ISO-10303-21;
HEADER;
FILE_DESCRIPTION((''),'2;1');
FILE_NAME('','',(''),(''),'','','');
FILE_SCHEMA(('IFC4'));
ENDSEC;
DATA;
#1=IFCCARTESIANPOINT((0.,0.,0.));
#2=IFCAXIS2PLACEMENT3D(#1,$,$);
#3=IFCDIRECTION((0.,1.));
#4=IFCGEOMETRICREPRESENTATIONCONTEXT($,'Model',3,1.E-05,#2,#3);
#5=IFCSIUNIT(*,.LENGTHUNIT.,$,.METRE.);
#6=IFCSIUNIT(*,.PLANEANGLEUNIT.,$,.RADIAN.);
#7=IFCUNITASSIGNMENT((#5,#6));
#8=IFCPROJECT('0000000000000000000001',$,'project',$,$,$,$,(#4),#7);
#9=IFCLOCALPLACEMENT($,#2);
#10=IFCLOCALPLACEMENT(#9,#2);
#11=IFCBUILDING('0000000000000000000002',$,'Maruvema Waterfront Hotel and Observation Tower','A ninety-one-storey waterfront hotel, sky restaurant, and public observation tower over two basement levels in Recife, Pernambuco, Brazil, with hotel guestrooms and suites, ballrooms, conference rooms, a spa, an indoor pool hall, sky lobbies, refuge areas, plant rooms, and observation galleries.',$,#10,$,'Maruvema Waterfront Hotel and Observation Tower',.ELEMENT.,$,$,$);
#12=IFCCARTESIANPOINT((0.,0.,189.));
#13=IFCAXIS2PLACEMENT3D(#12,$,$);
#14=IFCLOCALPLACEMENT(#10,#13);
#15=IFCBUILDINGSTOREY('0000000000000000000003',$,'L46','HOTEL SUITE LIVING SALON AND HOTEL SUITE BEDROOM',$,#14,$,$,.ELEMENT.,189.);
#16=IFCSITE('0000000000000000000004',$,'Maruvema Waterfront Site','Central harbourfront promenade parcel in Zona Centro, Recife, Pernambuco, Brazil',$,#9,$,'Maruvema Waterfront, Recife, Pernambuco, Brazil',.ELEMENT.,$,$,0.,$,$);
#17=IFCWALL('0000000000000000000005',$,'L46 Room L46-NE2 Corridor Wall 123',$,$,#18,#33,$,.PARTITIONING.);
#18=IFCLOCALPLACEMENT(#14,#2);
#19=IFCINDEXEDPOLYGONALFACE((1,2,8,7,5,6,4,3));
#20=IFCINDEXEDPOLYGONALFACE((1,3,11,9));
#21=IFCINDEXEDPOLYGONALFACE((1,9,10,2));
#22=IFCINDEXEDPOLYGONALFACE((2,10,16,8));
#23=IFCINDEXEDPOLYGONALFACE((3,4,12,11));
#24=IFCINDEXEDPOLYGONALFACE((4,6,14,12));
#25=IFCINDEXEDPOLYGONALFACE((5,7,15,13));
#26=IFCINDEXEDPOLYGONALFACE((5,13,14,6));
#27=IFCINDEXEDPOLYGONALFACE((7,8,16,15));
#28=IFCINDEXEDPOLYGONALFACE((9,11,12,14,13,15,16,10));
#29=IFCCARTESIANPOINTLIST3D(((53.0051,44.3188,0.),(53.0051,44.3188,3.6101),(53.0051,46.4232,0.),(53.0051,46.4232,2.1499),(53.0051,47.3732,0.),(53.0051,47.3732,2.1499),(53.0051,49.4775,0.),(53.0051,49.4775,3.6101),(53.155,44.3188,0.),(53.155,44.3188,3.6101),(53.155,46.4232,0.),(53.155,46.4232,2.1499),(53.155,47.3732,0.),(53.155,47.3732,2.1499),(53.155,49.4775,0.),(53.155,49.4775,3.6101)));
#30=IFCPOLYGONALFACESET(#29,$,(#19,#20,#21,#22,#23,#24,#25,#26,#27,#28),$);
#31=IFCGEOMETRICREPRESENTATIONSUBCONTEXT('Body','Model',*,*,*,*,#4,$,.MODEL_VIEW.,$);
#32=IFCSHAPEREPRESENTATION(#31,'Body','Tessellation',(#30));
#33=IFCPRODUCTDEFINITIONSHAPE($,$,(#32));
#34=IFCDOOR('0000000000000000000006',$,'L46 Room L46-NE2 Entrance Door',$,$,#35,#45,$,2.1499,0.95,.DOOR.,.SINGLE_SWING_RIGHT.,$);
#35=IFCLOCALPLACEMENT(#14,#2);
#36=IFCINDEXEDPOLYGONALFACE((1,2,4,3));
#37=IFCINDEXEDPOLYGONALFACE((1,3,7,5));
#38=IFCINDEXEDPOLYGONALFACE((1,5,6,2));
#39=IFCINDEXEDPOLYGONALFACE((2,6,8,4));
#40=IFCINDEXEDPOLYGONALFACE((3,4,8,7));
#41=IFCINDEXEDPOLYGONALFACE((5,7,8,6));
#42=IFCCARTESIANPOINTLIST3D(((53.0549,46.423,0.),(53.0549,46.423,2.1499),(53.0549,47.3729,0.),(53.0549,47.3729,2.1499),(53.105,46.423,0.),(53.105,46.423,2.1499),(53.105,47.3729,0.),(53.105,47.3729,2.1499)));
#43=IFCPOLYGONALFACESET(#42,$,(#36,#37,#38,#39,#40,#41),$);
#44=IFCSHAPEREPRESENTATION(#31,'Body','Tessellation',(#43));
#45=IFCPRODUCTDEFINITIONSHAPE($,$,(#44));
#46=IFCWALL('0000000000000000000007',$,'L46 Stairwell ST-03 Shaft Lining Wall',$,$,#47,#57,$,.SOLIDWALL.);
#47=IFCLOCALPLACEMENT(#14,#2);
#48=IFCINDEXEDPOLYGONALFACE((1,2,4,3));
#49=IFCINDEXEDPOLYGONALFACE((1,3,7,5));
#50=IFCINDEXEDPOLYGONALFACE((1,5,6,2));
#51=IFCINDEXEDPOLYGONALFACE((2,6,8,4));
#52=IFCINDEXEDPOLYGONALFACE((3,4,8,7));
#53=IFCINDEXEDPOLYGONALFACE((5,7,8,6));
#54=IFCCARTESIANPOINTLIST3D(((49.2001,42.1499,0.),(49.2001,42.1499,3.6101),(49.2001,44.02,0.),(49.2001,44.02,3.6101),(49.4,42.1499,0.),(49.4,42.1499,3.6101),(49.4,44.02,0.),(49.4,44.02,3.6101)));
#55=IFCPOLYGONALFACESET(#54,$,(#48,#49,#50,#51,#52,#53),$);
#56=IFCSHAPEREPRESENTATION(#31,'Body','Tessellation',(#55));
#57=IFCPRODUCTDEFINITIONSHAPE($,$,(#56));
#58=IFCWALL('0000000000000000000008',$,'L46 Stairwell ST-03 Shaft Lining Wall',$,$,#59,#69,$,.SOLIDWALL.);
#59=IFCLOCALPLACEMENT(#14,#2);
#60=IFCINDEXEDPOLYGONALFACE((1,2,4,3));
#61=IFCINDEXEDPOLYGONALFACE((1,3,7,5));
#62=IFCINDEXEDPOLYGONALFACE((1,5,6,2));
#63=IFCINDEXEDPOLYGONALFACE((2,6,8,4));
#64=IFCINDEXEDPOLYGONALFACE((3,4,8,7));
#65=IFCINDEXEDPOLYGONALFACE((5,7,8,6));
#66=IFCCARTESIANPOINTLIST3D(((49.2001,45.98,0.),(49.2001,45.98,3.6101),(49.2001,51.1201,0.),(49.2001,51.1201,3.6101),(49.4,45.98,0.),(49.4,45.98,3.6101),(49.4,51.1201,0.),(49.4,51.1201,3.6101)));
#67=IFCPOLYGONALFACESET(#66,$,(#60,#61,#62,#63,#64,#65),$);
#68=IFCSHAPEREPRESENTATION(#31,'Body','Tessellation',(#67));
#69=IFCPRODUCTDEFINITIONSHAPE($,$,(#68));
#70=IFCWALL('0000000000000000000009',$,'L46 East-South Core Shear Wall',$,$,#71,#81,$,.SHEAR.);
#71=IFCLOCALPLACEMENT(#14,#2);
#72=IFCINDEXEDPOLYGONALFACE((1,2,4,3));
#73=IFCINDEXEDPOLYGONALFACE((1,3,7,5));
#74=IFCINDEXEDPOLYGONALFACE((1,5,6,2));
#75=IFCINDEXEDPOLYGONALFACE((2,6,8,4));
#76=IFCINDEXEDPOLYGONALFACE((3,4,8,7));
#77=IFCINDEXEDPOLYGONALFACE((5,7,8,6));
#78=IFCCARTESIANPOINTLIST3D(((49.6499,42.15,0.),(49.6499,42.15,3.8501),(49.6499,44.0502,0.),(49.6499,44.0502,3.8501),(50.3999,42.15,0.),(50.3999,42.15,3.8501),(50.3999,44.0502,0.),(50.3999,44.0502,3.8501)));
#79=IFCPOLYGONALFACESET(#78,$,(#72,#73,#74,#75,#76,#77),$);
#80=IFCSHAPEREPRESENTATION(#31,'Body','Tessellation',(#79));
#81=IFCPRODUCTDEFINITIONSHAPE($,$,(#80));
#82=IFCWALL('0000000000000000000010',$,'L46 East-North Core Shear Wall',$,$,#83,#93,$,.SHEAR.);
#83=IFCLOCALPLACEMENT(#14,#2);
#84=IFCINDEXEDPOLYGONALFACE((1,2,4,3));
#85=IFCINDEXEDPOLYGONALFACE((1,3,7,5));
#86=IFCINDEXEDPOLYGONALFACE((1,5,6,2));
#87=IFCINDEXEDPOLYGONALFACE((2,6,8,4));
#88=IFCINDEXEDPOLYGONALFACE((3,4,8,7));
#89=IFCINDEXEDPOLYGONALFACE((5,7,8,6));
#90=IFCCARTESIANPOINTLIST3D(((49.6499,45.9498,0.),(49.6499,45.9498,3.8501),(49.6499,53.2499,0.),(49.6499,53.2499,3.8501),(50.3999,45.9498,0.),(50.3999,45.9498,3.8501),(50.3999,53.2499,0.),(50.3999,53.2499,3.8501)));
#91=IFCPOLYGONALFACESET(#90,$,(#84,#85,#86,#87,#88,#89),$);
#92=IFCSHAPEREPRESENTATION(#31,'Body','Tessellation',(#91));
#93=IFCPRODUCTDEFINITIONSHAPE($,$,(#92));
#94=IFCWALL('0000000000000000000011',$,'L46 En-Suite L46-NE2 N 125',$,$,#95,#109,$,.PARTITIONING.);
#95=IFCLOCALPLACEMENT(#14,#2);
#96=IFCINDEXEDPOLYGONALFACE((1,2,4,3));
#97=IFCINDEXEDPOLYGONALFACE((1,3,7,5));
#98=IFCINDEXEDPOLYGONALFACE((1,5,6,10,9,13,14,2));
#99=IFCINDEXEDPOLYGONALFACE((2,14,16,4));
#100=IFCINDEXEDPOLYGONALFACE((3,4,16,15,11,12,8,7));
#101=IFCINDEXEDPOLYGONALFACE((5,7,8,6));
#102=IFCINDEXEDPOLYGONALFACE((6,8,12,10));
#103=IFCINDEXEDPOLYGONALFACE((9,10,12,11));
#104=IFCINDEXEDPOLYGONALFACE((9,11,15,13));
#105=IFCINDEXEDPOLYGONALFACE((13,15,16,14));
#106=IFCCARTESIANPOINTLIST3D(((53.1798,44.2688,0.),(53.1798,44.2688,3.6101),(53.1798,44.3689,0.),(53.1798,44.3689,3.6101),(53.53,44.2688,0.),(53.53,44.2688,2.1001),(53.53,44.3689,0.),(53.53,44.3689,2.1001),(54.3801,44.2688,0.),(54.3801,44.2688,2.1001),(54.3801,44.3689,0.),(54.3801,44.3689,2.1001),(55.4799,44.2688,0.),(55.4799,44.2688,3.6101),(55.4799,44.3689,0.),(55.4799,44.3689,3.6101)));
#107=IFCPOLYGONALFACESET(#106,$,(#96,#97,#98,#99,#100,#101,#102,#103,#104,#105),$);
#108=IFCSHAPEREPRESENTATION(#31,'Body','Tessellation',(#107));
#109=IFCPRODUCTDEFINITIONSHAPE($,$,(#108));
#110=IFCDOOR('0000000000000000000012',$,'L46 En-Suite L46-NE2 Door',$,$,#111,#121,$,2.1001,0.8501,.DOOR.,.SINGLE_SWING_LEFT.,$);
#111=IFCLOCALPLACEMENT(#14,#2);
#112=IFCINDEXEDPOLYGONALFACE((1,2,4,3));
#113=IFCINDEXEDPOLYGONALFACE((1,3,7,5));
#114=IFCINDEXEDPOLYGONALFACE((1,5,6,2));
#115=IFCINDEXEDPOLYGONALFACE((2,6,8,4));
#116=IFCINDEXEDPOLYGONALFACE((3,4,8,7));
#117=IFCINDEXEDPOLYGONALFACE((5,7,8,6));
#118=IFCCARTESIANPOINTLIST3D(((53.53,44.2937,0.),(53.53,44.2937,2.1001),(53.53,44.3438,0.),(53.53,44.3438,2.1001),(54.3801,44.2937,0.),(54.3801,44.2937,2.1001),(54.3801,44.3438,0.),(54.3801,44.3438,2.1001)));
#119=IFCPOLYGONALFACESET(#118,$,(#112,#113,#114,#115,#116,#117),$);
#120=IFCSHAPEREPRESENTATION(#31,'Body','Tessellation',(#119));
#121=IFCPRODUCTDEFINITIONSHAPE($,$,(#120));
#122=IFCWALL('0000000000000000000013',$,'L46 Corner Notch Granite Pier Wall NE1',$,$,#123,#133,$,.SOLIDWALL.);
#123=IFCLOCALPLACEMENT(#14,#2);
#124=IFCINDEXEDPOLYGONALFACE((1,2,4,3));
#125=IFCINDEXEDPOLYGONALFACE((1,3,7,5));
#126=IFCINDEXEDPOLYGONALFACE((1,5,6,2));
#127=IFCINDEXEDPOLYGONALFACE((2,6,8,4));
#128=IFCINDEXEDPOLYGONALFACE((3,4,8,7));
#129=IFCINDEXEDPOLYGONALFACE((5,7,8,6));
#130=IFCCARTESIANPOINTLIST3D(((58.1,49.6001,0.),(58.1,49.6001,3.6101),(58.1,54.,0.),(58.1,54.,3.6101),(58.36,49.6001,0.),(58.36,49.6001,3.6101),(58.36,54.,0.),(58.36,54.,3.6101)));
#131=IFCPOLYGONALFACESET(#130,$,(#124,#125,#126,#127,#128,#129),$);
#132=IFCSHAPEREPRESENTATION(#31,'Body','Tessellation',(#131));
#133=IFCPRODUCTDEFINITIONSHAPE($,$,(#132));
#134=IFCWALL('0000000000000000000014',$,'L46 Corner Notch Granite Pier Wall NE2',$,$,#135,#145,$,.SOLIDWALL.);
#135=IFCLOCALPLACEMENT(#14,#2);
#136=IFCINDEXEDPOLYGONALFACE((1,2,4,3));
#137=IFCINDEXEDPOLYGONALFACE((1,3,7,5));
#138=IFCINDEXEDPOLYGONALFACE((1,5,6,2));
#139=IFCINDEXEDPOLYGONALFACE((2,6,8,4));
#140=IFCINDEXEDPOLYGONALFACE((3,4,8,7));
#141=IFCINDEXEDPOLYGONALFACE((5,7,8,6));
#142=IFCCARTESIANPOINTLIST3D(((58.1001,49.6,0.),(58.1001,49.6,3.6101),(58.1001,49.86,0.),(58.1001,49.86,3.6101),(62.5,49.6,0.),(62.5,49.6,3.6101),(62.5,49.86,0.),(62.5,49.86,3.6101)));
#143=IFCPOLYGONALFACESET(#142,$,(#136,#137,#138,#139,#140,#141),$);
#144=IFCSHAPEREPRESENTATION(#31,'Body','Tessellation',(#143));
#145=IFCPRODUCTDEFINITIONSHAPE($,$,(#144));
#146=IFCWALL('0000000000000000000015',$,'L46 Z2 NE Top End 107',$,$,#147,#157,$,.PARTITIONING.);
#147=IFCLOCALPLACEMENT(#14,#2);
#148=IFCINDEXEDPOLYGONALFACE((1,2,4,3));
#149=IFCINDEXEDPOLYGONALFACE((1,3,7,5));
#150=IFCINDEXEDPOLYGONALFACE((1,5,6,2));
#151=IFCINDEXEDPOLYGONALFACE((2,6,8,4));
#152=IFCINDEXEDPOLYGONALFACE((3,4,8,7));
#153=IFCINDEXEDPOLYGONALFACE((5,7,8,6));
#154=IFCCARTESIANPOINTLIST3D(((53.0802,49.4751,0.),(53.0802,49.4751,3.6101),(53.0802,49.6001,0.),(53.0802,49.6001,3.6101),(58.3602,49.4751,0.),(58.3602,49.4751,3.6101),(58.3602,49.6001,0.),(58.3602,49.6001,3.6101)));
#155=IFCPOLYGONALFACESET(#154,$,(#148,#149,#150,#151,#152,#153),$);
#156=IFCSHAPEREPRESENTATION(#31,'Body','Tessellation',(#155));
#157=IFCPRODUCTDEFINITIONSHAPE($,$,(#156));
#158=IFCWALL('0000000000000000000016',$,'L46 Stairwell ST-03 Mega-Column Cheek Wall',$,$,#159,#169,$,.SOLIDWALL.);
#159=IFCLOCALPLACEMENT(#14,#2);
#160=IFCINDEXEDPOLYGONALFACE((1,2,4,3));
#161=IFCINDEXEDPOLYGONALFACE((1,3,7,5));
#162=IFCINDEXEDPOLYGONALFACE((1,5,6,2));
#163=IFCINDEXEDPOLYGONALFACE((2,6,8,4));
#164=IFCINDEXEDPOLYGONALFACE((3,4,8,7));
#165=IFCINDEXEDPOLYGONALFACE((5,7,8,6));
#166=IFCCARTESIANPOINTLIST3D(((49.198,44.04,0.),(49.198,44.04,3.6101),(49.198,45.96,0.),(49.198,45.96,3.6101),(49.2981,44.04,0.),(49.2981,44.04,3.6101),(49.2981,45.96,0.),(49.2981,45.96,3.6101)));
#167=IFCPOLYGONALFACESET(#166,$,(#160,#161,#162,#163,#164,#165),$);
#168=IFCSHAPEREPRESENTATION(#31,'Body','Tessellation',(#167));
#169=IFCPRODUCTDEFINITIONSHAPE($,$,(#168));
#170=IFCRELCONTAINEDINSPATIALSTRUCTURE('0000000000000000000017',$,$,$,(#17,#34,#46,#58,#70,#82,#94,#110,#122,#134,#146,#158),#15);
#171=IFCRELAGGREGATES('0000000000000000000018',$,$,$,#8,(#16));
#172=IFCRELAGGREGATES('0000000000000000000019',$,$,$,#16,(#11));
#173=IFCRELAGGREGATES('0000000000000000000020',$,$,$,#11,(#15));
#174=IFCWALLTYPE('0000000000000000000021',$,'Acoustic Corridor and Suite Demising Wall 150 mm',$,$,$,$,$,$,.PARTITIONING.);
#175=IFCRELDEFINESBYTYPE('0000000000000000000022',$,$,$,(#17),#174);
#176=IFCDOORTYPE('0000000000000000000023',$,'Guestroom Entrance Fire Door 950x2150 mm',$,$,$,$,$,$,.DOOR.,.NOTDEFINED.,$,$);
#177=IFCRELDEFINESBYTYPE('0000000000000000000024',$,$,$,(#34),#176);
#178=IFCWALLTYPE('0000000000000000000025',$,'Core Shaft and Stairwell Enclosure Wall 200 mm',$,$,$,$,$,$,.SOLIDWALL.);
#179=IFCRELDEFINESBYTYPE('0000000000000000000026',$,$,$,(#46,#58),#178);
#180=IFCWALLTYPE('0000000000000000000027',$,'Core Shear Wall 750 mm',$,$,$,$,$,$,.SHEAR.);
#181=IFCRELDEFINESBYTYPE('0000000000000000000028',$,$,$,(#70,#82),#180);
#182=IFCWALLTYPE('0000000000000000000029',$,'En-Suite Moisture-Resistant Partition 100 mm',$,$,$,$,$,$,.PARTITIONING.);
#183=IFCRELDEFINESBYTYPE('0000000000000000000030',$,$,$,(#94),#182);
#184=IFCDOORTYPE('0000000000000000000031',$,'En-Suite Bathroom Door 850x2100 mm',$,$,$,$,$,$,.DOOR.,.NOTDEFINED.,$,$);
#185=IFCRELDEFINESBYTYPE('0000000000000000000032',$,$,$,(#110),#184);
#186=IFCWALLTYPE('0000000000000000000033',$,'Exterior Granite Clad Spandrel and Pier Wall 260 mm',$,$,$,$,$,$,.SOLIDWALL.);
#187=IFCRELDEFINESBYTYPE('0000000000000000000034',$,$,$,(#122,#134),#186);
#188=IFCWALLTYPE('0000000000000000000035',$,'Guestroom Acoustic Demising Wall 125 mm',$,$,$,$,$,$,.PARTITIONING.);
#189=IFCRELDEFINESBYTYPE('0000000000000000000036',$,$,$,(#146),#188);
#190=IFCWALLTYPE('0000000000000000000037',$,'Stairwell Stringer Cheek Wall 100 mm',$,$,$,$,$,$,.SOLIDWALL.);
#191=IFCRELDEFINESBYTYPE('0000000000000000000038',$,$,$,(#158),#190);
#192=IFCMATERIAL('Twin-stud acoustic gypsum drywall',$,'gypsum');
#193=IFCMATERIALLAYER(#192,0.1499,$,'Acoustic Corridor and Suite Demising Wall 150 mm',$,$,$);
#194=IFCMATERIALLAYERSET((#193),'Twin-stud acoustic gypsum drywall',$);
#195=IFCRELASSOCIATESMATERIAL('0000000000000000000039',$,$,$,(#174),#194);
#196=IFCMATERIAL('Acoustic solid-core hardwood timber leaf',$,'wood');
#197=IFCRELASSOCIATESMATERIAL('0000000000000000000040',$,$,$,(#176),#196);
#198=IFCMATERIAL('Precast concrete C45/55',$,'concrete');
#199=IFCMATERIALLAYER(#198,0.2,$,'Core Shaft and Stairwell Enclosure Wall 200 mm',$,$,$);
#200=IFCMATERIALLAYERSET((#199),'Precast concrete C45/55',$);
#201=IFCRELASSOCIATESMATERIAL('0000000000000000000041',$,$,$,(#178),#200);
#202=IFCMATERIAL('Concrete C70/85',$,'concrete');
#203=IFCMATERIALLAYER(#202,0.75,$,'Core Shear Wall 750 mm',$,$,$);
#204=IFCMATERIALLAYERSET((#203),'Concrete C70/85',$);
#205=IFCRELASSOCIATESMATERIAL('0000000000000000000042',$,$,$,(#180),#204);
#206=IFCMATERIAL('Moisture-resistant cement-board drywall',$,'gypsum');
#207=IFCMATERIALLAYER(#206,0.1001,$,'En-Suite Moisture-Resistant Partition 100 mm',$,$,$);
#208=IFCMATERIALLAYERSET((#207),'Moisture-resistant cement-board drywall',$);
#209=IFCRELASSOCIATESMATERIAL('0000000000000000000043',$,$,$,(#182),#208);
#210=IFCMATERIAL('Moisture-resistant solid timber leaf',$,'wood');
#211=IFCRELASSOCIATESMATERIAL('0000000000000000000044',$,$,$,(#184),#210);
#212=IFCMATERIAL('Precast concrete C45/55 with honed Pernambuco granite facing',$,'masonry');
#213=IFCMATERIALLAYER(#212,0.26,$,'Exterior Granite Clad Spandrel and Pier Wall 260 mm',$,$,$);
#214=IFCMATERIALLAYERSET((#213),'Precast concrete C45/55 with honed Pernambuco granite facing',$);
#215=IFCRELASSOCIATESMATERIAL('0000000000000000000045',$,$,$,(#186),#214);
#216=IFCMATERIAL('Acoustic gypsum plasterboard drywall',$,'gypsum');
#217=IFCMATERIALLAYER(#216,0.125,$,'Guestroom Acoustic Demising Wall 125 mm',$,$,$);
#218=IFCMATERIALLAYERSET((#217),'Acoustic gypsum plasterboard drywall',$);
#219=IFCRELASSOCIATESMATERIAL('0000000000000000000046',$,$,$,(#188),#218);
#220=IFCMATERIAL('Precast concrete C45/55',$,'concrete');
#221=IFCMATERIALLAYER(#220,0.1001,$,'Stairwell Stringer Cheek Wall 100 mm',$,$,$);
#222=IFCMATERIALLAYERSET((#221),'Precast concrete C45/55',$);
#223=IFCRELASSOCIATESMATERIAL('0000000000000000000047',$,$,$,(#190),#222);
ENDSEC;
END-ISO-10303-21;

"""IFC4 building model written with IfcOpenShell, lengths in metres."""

from ifc_helpers import new_model, si_unit, direction, frame, frame_2d, origin, place, context, subcontext, project, spatial, rectangle, extrude, material, layer, layer_set, type_object, element, fill, save


model = new_model("IFC4")

# Units and contexts
model_context = context("Model", 3, precision=1e-05, world=origin(), true_north=direction((0.0, 1.0)))
body_context = subcontext(model_context, "Body", "Model", "MODEL_VIEW")
ifc_project = project(units=[si_unit("LENGTHUNIT", "METRE"), si_unit("PLANEANGLEUNIT", "RADIAN")], contexts=[model_context])

# Site, building, storey
site_placement = place(None, origin())
site = spatial("IfcSite", under=ifc_project, at=site_placement, Name="Maruvema Waterfront Site", Description="Central harbourfront promenade parcel in Zona Centro, Recife, Pernambuco, Brazil", LongName="Maruvema Waterfront, Recife, Pernambuco, Brazil", CompositionType="ELEMENT", RefElevation=0.0)
building_placement = place(site_placement, origin())
building = spatial("IfcBuilding", under=site, at=building_placement, Name="Maruvema Waterfront Hotel and Observation Tower", Description="A ninety-one-storey waterfront hotel, sky restaurant, and public observation tower over two basement levels in Recife, Pernambuco, Brazil, with hotel guestrooms and suites, ballrooms, conference rooms, a spa, an indoor pool hall, sky lobbies, refuge areas, plant rooms, and observation galleries.", LongName="Maruvema Waterfront Hotel and Observation Tower", CompositionType="ELEMENT")
storey_placement = place(building_placement, frame((0.0, 0.0, 189.0)))
storey = spatial("IfcBuildingStorey", under=building, at=storey_placement, Name="L46", Description="HOTEL SUITE LIVING SALON AND HOTEL SUITE BEDROOM", CompositionType="ELEMENT", Elevation=189.0)

# Wall, opening, door
ifc_material_1 = material(Name="Twin-stud acoustic gypsum drywall", Category="gypsum")
ifc_layer_1 = layer(ifc_material_1, 0.1499, Name="Acoustic Corridor and Suite Demising Wall 150 mm")
ifc_layer_set_1 = layer_set([ifc_layer_1], Name="Twin-stud acoustic gypsum drywall")
wall_type_1 = type_object("IfcWallType", Name="Acoustic Corridor and Suite Demising Wall 150 mm", PredefinedType="PARTITIONING", material=ifc_layer_set_1)
wall_1_placement = place(storey_placement, frame((53.0801, 44.3188, 0.0), z_axis=(0.0, 0.0, 1.0), x_axis=(0.0, 1.0, 0.0)))
wall_1 = element("IfcWall", 1, at=wall_1_placement, inside=storey, type_object=wall_type_1, Name="L46 Room L46-NE2 Corridor Wall 123", PredefinedType="PARTITIONING", context=body_context, shape_type="SweptSolid", body=[
    extrude(rectangle(XDim=5.1587, YDim=0.1499, at=frame_2d((2.5793, 0.0))), origin(), (0.0, 0.0, 1.0), 3.6101),
])
opening_1_placement = place(wall_1_placement, frame((2.1042, 0.0, 0.0)))
opening_1 = element("IfcOpeningElement", 2, at=opening_1_placement, cuts=wall_1, PredefinedType="OPENING", context=body_context, shape_type="SweptSolid", body=[
    extrude(rectangle(XDim=0.95, YDim=2.1499, at=frame_2d((0.4751, 1.075))), frame((0.0, 0.085, 0.0), z_axis=(0.0, -1.0, 0.0), x_axis=(1.0, 0.0, 0.0)), (0.0, 0.0, 1.0), 0.1699),
])
ifc_material_2 = material(Name="Acoustic solid-core hardwood timber leaf", Category="wood")
door_type_1 = type_object("IfcDoorType", Name="Guestroom Entrance Fire Door 950x2150 mm", OperationType="NOTDEFINED", PredefinedType="DOOR", material=ifc_material_2)
door_1_placement = place(opening_1_placement, frame((0.95, 0.0, 0.0), z_axis=(0.0, 0.0, 1.0), x_axis=(-1.0, 0.0, 0.0)))
door_1 = element("IfcDoor", 3, at=door_1_placement, inside=storey, type_object=door_type_1, Name="L46 Room L46-NE2 Entrance Door", OperationType="SINGLE_SWING_RIGHT", OverallHeight=2.1499, OverallWidth=0.95, PredefinedType="DOOR", context=body_context, shape_type="SweptSolid", body=[
    extrude(rectangle(XDim=0.95, YDim=2.1499, at=frame_2d((0.4751, 1.075))), frame((0.0, 0.0249, 0.0), z_axis=(0.0, -1.0, 0.0), x_axis=(1.0, 0.0, 0.0)), (0.0, 0.0, 1.0), 0.05),
])
fill(opening_1, door_1)

# Walls
ifc_material_3 = material(Name="Precast concrete C45/55", Category="concrete")
ifc_layer_2 = layer(ifc_material_3, 0.2, Name="Core Shaft and Stairwell Enclosure Wall 200 mm")
ifc_layer_set_2 = layer_set([ifc_layer_2], Name="Precast concrete C45/55")
wall_type_2 = type_object("IfcWallType", Name="Core Shaft and Stairwell Enclosure Wall 200 mm", PredefinedType="SOLIDWALL", material=ifc_layer_set_2)
wall_2_placement = place(storey_placement, frame((49.3, 42.1499, 0.0), z_axis=(0.0, 0.0, 1.0), x_axis=(0.0, 1.0, 0.0)))
element("IfcWall", 4, at=wall_2_placement, inside=storey, type_object=wall_type_2, Name="L46 Stairwell ST-03 Shaft Lining Wall", PredefinedType="SOLIDWALL", context=body_context, shape_type="SweptSolid", body=[
    extrude(rectangle(XDim=1.8701, YDim=0.2, at=frame_2d((0.9351, 0.0))), origin(), (0.0, 0.0, 1.0), 3.6101),
])
wall_3_placement = place(storey_placement, frame((49.3, 45.98, 0.0), z_axis=(0.0, 0.0, 1.0), x_axis=(0.0, 1.0, 0.0)))
element("IfcWall", 5, at=wall_3_placement, inside=storey, type_object=wall_type_2, Name="L46 Stairwell ST-03 Shaft Lining Wall", PredefinedType="SOLIDWALL", context=body_context, shape_type="SweptSolid", body=[
    extrude(rectangle(XDim=5.1401, YDim=0.2, at=frame_2d((2.5701, 0.0))), origin(), (0.0, 0.0, 1.0), 3.6101),
])
ifc_material_4 = material(Name="Concrete C70/85", Category="concrete")
ifc_layer_3 = layer(ifc_material_4, 0.75, Name="Core Shear Wall 750 mm")
ifc_layer_set_3 = layer_set([ifc_layer_3], Name="Concrete C70/85")
wall_type_3 = type_object("IfcWallType", Name="Core Shear Wall 750 mm", PredefinedType="SHEAR", material=ifc_layer_set_3)
wall_4_placement = place(storey_placement, frame((50.0249, 42.1499, 0.0), z_axis=(0.0, 0.0, 1.0), x_axis=(0.0, 1.0, 0.0)))
element("IfcWall", 6, at=wall_4_placement, inside=storey, type_object=wall_type_3, Name="L46 East-South Core Shear Wall", PredefinedType="SHEAR", context=body_context, shape_type="SweptSolid", body=[
    extrude(rectangle(XDim=1.9001, YDim=0.75, at=frame_2d((0.9502, 0.0))), origin(), (0.0, 0.0, 1.0), 3.8501),
])
wall_5_placement = place(storey_placement, frame((50.0249, 45.95, 0.0), z_axis=(0.0, 0.0, 1.0), x_axis=(0.0, 1.0, 0.0)))
element("IfcWall", 7, at=wall_5_placement, inside=storey, type_object=wall_type_3, Name="L46 East-North Core Shear Wall", PredefinedType="SHEAR", context=body_context, shape_type="SweptSolid", body=[
    extrude(rectangle(XDim=7.3, YDim=0.75, at=frame_2d((3.6499, 0.0))), origin(), (0.0, 0.0, 1.0), 3.8501),
])

# Wall, opening, door
ifc_material_5 = material(Name="Moisture-resistant cement-board drywall", Category="gypsum")
ifc_layer_4 = layer(ifc_material_5, 0.1001, Name="En-Suite Moisture-Resistant Partition 100 mm")
ifc_layer_set_4 = layer_set([ifc_layer_4], Name="Moisture-resistant cement-board drywall")
wall_type_4 = type_object("IfcWallType", Name="En-Suite Moisture-Resistant Partition 100 mm", PredefinedType="PARTITIONING", material=ifc_layer_set_4)
wall_6_placement = place(storey_placement, frame((53.1799, 44.3188, 0.0), z_axis=(0.0, 0.0, 1.0), x_axis=(1.0, 0.0, 0.0)))
wall_6 = element("IfcWall", 8, at=wall_6_placement, inside=storey, type_object=wall_type_4, Name="L46 En-Suite L46-NE2 N 125", PredefinedType="PARTITIONING", context=body_context, shape_type="SweptSolid", body=[
    extrude(rectangle(XDim=2.3, YDim=0.1001, at=frame_2d((1.1499, 0.0))), origin(), (0.0, 0.0, 1.0), 3.6101),
])
opening_2_placement = place(wall_6_placement, frame((0.3501, 0.0, 0.0)))
opening_2 = element("IfcOpeningElement", 9, at=opening_2_placement, cuts=wall_6, PredefinedType="OPENING", context=body_context, shape_type="SweptSolid", body=[
    extrude(rectangle(XDim=0.8501, YDim=2.1001, at=frame_2d((0.425, 1.05))), frame((0.0, 0.0601, 0.0), z_axis=(0.0, -1.0, 0.0), x_axis=(1.0, 0.0, 0.0)), (0.0, 0.0, 1.0), 0.1201),
])
ifc_material_6 = material(Name="Moisture-resistant solid timber leaf", Category="wood")
door_type_2 = type_object("IfcDoorType", Name="En-Suite Bathroom Door 850x2100 mm", OperationType="NOTDEFINED", PredefinedType="DOOR", material=ifc_material_6)
door_2_placement = place(opening_2_placement, origin())
door_2 = element("IfcDoor", 10, at=door_2_placement, inside=storey, type_object=door_type_2, Name="L46 En-Suite L46-NE2 Door", OperationType="SINGLE_SWING_LEFT", OverallHeight=2.1001, OverallWidth=0.8501, PredefinedType="DOOR", context=body_context, shape_type="SweptSolid", body=[
    extrude(rectangle(XDim=0.8501, YDim=2.1001, at=frame_2d((0.425, 1.05))), frame((0.0, 0.0249, 0.0), z_axis=(0.0, -1.0, 0.0), x_axis=(1.0, 0.0, 0.0)), (0.0, 0.0, 1.0), 0.05),
])
fill(opening_2, door_2)

# Walls
ifc_material_7 = material(Name="Precast concrete C45/55 with honed Pernambuco granite facing", Category="masonry")
ifc_layer_5 = layer(ifc_material_7, 0.26, Name="Exterior Granite Clad Spandrel and Pier Wall 260 mm")
ifc_layer_set_5 = layer_set([ifc_layer_5], Name="Precast concrete C45/55 with honed Pernambuco granite facing")
wall_type_5 = type_object("IfcWallType", Name="Exterior Granite Clad Spandrel and Pier Wall 260 mm", PredefinedType="SOLIDWALL", material=ifc_layer_set_5)
for number, where, z_axis, x_axis, name in (
    (11, (58.23, 54.0, 0.0), (0.0, 0.0, 1.0), (0.0, -1.0, 0.0), "L46 Corner Notch Granite Pier Wall NE1"),
    (12, (58.1001, 49.73, 0.0), (0.0, 0.0, 1.0), (1.0, 0.0, 0.0), "L46 Corner Notch Granite Pier Wall NE2"),
):
    element("IfcWall", number, at=place(storey_placement, frame(where, z_axis=z_axis, x_axis=x_axis)), inside=storey, type_object=wall_type_5, Name=name, PredefinedType="SOLIDWALL", context=body_context, shape_type="SweptSolid", body=[
        extrude(rectangle(XDim=4.3999, YDim=0.26, at=frame_2d((2.2, 0.0))), origin(), (0.0, 0.0, 1.0), 3.6101),
    ])
ifc_material_8 = material(Name="Acoustic gypsum plasterboard drywall", Category="gypsum")
ifc_layer_6 = layer(ifc_material_8, 0.125, Name="Guestroom Acoustic Demising Wall 125 mm")
ifc_layer_set_6 = layer_set([ifc_layer_6], Name="Acoustic gypsum plasterboard drywall")
wall_type_6 = type_object("IfcWallType", Name="Guestroom Acoustic Demising Wall 125 mm", PredefinedType="PARTITIONING", material=ifc_layer_set_6)
wall_7_placement = place(storey_placement, frame((53.0801, 49.5376, 0.0), z_axis=(0.0, 0.0, 1.0), x_axis=(1.0, 0.0, 0.0)))
element("IfcWall", 13, at=wall_7_placement, inside=storey, type_object=wall_type_6, Name="L46 Z2 NE Top End 107", PredefinedType="PARTITIONING", context=body_context, shape_type="SweptSolid", body=[
    extrude(rectangle(XDim=5.28, YDim=0.125, at=frame_2d((2.6401, 0.0))), origin(), (0.0, 0.0, 1.0), 3.6101),
])
ifc_material_9 = material(Name="Precast concrete C45/55", Category="concrete")
ifc_layer_7 = layer(ifc_material_9, 0.1001, Name="Stairwell Stringer Cheek Wall 100 mm")
ifc_layer_set_7 = layer_set([ifc_layer_7], Name="Precast concrete C45/55")
wall_type_7 = type_object("IfcWallType", Name="Stairwell Stringer Cheek Wall 100 mm", PredefinedType="SOLIDWALL", material=ifc_layer_set_7)
wall_8_placement = place(storey_placement, frame((49.248, 44.04, 0.0), z_axis=(0.0, 0.0, 1.0), x_axis=(0.0, 1.0, 0.0)))
element("IfcWall", 14, at=wall_8_placement, inside=storey, type_object=wall_type_7, Name="L46 Stairwell ST-03 Mega-Column Cheek Wall", PredefinedType="SOLIDWALL", context=body_context, shape_type="SweptSolid", body=[
    extrude(rectangle(XDim=1.9199, YDim=0.1001, at=frame_2d((0.96, 0.0))), origin(), (0.0, 0.0, 1.0), 3.6101),
])

save(model, "model.ifc")
